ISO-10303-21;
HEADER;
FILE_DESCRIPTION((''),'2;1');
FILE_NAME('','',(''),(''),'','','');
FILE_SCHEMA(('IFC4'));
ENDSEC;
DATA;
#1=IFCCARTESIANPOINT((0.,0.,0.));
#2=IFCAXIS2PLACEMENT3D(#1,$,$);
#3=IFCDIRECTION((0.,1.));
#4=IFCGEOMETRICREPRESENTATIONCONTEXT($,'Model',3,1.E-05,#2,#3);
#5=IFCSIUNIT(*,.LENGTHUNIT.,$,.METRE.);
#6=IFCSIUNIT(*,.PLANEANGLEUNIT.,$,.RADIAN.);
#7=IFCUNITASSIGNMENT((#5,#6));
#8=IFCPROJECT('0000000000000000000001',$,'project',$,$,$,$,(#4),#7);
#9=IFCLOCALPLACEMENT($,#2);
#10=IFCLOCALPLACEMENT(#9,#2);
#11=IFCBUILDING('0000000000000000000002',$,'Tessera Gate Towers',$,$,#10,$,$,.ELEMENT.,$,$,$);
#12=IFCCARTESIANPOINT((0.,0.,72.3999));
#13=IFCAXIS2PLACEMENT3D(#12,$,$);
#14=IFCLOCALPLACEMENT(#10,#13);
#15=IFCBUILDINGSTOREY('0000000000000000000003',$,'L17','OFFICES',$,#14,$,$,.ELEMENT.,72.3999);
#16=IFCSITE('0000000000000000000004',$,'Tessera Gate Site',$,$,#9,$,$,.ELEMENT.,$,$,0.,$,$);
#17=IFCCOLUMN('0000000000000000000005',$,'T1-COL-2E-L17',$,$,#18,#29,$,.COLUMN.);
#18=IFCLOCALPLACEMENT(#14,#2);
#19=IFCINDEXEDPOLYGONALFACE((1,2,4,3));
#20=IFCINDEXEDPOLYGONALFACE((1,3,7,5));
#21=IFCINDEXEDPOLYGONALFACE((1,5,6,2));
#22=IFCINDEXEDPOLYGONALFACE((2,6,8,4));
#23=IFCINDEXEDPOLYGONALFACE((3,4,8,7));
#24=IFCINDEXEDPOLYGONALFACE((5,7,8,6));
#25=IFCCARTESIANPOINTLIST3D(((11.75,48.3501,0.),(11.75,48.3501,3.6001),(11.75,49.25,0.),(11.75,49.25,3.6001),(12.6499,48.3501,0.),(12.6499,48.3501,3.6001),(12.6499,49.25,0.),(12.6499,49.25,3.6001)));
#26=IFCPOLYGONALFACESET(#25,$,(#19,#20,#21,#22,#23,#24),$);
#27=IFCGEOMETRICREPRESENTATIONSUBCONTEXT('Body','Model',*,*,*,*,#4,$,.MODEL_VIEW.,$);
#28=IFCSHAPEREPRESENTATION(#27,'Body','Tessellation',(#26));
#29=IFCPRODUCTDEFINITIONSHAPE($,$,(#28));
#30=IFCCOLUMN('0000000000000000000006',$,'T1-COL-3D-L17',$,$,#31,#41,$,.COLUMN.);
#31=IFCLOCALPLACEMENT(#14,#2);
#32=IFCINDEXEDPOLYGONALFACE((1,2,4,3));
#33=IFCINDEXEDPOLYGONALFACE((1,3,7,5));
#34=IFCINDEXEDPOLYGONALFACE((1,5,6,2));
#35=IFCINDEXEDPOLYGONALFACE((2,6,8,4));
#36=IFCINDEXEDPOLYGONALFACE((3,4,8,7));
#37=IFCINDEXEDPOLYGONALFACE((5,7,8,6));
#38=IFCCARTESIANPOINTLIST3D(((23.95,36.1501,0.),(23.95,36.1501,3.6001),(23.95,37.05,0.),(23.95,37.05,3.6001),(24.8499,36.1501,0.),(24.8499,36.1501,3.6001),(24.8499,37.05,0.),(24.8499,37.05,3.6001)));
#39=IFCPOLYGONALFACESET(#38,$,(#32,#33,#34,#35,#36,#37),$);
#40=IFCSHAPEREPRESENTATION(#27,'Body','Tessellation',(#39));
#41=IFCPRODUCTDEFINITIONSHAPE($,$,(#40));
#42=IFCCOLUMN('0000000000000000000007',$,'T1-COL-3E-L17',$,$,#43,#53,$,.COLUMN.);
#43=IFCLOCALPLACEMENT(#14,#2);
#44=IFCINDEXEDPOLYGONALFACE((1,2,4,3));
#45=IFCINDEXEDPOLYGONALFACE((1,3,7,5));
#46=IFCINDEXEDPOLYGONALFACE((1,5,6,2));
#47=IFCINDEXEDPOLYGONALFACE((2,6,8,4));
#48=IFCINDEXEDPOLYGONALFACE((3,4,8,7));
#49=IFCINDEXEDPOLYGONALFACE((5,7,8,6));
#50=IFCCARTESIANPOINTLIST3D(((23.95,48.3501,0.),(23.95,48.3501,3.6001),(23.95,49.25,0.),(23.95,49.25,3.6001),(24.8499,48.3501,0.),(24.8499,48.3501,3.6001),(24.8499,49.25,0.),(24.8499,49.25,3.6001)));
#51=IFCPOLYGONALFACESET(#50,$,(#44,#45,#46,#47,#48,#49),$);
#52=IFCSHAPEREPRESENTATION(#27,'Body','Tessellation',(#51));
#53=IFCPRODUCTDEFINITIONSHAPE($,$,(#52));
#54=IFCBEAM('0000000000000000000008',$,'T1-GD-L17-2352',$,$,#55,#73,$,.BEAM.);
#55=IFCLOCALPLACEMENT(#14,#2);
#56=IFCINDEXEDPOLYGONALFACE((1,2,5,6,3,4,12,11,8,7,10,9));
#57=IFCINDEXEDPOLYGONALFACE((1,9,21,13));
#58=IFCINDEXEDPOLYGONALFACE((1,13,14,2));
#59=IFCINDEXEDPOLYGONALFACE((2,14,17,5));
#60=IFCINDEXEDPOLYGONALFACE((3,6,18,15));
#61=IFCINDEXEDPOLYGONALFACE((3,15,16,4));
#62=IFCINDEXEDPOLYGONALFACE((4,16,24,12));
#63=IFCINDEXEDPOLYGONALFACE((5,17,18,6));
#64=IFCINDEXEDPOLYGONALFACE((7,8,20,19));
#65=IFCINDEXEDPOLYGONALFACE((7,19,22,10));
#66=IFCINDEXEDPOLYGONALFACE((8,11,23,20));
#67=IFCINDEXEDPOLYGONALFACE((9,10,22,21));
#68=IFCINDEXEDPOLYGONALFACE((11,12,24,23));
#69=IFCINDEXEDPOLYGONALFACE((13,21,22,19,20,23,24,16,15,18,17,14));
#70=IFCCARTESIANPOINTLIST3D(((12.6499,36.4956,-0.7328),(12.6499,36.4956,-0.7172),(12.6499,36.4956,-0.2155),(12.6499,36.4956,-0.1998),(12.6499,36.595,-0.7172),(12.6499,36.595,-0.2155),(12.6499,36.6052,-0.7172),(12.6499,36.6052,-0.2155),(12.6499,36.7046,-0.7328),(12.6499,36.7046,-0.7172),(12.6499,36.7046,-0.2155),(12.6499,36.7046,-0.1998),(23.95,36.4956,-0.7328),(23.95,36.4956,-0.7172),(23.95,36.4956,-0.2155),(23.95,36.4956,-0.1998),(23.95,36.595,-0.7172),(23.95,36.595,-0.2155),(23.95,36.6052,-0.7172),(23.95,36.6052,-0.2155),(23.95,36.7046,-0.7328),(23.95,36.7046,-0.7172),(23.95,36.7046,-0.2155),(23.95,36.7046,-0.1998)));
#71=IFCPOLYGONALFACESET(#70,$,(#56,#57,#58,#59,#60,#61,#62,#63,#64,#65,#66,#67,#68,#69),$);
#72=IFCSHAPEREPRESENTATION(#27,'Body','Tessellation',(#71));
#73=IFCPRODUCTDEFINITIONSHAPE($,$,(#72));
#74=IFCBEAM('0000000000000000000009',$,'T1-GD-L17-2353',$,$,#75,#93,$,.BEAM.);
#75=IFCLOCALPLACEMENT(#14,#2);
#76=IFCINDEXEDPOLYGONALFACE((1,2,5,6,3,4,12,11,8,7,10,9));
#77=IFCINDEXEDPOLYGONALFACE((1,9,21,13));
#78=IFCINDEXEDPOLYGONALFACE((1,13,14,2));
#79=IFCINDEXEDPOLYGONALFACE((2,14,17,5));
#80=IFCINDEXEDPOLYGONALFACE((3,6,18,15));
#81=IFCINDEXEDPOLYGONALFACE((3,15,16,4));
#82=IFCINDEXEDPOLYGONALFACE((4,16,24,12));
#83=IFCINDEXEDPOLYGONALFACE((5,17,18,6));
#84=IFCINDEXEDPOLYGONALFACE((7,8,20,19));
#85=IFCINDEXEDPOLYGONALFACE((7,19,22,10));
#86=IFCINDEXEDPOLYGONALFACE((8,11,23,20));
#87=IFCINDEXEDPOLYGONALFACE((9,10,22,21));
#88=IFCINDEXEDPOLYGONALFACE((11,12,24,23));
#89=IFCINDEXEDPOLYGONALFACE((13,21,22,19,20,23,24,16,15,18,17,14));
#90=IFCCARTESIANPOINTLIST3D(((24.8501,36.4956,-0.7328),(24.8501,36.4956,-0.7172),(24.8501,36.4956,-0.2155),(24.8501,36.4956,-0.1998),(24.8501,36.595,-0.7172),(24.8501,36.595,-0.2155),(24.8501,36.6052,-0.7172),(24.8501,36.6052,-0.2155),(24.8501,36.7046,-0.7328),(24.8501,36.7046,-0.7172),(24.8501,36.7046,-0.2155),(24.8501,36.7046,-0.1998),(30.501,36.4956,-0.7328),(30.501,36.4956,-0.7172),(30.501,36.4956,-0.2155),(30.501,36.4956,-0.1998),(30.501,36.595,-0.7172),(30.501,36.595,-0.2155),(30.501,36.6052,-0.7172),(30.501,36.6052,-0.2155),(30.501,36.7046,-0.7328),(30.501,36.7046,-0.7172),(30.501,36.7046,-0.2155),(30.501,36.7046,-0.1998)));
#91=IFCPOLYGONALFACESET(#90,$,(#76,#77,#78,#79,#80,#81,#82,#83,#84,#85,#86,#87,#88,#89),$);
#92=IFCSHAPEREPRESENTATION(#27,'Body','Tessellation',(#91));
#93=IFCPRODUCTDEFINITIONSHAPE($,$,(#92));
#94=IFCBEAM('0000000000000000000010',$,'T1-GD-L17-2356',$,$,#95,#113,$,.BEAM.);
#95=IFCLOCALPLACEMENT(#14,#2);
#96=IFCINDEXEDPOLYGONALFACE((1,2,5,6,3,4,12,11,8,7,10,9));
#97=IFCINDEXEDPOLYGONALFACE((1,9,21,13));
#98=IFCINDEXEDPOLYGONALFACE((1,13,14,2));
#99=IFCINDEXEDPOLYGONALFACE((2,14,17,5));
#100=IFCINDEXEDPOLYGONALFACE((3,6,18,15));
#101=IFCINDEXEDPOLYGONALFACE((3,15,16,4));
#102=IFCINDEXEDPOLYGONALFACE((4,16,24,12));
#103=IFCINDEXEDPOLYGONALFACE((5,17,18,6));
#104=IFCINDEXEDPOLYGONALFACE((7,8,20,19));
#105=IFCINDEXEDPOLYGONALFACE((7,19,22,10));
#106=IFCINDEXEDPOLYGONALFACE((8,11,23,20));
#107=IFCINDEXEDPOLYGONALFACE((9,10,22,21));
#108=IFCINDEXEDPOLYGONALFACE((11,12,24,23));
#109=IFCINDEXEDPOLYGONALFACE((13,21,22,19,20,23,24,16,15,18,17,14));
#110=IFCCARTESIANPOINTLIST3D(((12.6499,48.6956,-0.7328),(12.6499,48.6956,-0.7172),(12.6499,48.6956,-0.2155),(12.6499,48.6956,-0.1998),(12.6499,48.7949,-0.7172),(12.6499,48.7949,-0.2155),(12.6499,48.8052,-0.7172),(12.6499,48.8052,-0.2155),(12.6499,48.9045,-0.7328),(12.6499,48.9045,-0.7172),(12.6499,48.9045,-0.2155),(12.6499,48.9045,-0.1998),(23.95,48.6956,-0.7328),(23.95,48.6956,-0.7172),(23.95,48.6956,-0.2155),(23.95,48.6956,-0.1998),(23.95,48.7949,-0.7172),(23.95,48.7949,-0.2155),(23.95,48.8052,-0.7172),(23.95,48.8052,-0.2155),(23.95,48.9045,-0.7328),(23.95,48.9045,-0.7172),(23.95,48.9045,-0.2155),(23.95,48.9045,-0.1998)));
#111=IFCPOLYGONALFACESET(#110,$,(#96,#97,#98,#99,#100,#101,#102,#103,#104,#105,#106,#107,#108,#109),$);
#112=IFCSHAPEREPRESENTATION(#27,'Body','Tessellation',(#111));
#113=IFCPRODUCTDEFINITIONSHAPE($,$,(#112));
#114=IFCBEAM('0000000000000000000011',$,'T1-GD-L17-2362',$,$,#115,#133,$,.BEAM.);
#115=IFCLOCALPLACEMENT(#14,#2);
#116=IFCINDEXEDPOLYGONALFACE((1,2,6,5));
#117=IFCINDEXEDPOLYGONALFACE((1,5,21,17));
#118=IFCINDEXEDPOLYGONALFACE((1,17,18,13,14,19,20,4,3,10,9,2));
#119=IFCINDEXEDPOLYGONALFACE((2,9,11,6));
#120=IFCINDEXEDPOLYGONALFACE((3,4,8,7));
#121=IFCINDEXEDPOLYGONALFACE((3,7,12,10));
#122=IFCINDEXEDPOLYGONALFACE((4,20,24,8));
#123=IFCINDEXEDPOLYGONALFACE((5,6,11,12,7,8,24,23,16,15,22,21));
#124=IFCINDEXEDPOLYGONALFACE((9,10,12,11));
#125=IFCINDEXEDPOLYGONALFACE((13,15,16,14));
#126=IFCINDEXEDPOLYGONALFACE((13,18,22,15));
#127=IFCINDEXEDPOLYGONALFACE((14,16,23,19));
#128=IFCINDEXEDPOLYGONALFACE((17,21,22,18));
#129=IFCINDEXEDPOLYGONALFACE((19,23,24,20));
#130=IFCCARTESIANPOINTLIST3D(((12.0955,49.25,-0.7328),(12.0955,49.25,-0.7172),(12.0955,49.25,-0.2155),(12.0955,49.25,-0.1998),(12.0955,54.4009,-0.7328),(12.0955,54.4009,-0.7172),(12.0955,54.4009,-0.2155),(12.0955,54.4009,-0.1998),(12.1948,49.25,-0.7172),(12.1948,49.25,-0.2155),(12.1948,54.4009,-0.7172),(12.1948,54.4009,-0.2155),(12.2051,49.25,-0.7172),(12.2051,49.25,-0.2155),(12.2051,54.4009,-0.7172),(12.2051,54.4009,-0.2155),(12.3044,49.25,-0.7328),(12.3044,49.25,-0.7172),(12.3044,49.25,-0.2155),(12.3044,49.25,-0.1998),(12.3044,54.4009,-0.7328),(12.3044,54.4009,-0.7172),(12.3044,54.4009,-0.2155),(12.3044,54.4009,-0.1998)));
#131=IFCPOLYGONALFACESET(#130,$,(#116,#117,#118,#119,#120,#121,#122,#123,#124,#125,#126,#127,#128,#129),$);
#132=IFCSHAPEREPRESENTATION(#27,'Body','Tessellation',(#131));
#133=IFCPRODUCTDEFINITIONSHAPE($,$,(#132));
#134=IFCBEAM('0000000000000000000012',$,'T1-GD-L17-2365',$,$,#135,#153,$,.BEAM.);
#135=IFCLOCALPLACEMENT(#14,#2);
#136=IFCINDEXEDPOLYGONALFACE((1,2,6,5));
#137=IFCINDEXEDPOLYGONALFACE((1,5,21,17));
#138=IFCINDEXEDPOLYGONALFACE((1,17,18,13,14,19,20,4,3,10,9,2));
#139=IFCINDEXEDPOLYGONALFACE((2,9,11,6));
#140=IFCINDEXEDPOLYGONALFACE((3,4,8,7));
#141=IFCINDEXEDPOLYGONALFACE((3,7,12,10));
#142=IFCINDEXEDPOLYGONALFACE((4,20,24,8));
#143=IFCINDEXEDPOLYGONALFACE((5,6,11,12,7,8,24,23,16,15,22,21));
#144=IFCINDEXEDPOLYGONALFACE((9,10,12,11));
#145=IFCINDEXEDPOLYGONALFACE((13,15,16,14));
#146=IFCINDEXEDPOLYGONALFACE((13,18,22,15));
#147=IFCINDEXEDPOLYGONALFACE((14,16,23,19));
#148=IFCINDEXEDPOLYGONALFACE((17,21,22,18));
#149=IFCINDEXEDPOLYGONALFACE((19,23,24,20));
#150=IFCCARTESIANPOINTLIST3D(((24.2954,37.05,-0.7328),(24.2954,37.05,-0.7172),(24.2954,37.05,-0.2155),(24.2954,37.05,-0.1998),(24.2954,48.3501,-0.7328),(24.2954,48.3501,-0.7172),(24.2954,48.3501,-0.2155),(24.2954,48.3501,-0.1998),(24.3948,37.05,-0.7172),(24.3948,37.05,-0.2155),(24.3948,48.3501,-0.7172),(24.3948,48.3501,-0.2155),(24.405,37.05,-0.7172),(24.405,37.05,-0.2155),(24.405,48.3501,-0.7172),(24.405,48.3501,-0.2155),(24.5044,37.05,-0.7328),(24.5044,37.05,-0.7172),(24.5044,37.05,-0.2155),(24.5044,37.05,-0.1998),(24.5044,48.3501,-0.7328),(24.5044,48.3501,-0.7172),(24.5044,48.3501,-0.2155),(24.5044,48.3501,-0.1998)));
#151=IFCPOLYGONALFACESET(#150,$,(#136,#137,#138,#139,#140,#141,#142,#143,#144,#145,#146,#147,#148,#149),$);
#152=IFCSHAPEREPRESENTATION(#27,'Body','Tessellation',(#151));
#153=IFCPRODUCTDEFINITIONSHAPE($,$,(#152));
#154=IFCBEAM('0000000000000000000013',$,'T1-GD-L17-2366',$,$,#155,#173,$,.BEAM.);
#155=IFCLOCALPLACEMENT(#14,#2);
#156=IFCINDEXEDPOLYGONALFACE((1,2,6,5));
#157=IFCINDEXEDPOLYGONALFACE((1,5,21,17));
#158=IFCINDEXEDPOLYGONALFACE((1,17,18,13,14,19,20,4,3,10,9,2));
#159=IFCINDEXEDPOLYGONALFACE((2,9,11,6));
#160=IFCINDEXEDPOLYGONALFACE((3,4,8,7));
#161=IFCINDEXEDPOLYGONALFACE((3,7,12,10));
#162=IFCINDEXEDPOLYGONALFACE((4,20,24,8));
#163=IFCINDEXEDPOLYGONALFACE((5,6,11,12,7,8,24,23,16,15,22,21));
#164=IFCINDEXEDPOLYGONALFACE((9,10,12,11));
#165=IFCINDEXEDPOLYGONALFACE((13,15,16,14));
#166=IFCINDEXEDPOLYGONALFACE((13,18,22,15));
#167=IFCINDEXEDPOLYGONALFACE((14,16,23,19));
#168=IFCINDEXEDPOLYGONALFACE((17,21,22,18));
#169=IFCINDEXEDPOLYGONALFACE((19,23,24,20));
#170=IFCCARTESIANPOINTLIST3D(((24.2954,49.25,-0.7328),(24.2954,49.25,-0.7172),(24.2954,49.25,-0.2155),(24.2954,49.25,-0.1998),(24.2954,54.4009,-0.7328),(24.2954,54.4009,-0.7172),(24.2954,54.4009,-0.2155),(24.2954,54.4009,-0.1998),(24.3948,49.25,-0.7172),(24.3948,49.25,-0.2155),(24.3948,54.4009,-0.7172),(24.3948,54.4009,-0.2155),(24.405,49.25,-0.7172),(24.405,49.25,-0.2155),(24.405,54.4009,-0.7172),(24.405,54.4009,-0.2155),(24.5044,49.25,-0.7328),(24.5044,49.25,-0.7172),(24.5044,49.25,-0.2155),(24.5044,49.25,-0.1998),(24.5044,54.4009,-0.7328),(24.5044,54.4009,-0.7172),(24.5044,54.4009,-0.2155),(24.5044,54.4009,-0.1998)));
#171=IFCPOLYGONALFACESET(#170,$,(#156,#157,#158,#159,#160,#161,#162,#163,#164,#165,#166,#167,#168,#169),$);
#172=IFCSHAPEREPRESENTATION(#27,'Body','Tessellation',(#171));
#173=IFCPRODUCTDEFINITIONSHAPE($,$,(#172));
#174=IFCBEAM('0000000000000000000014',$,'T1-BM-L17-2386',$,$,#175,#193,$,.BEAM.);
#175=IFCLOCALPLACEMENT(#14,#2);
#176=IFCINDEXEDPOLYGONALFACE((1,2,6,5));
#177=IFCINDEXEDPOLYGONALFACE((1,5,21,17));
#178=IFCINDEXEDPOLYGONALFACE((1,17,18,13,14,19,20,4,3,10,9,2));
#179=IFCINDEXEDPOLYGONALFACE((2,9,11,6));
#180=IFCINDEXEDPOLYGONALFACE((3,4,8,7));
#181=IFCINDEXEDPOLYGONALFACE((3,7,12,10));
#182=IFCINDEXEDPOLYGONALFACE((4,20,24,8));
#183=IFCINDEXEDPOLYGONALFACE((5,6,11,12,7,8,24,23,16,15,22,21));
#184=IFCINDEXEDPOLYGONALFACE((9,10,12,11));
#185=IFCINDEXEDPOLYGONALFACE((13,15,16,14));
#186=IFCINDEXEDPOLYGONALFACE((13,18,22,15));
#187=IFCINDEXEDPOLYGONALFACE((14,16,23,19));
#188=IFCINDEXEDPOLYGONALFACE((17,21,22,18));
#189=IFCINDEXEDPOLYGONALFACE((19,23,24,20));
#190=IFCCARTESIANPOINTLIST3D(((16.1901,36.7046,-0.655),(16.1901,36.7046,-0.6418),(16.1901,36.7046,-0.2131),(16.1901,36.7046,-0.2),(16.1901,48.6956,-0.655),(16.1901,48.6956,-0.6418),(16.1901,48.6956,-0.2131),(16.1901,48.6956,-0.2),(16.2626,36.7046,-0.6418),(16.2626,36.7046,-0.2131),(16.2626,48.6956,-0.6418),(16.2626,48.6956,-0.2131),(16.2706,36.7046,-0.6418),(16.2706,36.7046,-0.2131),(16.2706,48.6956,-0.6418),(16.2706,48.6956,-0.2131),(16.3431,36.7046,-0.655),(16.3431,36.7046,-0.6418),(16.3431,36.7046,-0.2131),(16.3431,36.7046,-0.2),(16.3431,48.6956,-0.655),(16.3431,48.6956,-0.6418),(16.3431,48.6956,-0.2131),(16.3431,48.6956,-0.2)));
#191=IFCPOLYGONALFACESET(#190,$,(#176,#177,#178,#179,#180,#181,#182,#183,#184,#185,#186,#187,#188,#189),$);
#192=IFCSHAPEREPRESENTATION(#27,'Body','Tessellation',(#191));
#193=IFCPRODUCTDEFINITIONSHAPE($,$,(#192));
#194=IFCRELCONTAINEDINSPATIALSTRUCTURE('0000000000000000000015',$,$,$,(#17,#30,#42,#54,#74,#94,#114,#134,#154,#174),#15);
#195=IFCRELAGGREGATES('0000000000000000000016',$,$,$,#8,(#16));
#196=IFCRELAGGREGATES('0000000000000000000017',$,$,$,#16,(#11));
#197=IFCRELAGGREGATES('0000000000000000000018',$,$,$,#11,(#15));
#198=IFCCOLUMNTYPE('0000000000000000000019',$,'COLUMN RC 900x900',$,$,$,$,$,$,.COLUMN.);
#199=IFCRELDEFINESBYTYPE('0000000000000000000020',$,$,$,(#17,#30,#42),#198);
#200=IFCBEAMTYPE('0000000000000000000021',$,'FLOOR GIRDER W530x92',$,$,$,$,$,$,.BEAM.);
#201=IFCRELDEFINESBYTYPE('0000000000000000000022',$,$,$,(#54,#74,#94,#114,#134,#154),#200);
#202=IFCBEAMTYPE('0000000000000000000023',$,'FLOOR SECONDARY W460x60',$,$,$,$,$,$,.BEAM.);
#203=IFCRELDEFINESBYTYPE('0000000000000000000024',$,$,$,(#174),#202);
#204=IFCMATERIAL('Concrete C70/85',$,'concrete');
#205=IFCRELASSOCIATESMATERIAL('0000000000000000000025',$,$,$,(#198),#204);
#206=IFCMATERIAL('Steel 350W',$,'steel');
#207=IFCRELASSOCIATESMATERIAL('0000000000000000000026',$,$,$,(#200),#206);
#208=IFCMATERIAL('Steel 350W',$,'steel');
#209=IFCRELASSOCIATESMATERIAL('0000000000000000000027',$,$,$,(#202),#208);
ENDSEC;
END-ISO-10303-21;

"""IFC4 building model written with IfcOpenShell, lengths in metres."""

from ifc_helpers import new_model, si_unit, direction, frame, origin, origin_2d, place, context, subcontext, project, spatial, rectangle, i_section, extrude, material, material_profile, profile_set, type_object, element, save


model = new_model("IFC4")

# Units and contexts
model_context = context("Model", 3, precision=1e-05, world=origin(), true_north=direction((0.0, 1.0)))
body_context = subcontext(model_context, "Body", "Model", "MODEL_VIEW")
ifc_project = project(units=[si_unit("LENGTHUNIT", "METRE"), si_unit("PLANEANGLEUNIT", "RADIAN")], contexts=[model_context])

# Site, building, storey
site_placement = place(None, origin())
site = spatial("IfcSite", under=ifc_project, at=site_placement, Name="Tessera Gate Site", CompositionType="ELEMENT", RefElevation=0.0)
building_placement = place(site_placement, origin())
building = spatial("IfcBuilding", under=site, at=building_placement, Name="Tessera Gate Towers", CompositionType="ELEMENT")
storey_placement = place(building_placement, frame((0.0, 0.0, 72.3999)))
storey = spatial("IfcBuildingStorey", under=building, at=storey_placement, Name="L17", Description="OFFICES", CompositionType="ELEMENT", Elevation=72.3999)

# Columns
ifc_material_1 = material(Name="Concrete C70/85", Category="concrete")
ifc_material_profile_1 = material_profile(ifc_material_1, rectangle(XDim=0.8999, YDim=0.8999, at=origin_2d()), Name="RC 900x900")
ifc_profile_set_1 = profile_set([ifc_material_profile_1], Name="Concrete C70/85")
column_type = type_object("IfcColumnType", Name="COLUMN RC 900x900", PredefinedType="COLUMN", material=ifc_profile_set_1)
for number, where, z_axis, x_axis, name in (
    (1, (12.2, 48.8, 0.0), (0.0, 0.0, 1.0), (1.0, 0.0, 0.0), "T1-COL-2E-L17"),
    (2, (24.3999, 36.6001, 0.0), (0.0, 0.0, 1.0), (1.0, 0.0, 0.0), "T1-COL-3D-L17"),
    (3, (24.3999, 48.8, 0.0), (0.0, 0.0, 1.0), (1.0, 0.0, 0.0), "T1-COL-3E-L17"),
):
    element("IfcColumn", number, at=place(storey_placement, frame(where, z_axis=z_axis, x_axis=x_axis)), inside=storey, type_object=column_type, Name=name, PredefinedType="COLUMN", context=body_context, shape_type="SweptSolid", body=[
        extrude(rectangle(XDim=0.8999, YDim=0.8999, at=origin_2d()), origin(), (0.0, 0.0, 1.0), 3.6001),
    ])

# Beams
ifc_material_2 = material(Name="Steel 350W", Category="steel")
ifc_material_profile_2 = material_profile(ifc_material_2, i_section(OverallWidth=0.209, OverallDepth=0.533, WebThickness=0.0103, FlangeThickness=0.0156, at=origin_2d()), Name="W530x92")
ifc_profile_set_2 = profile_set([ifc_material_profile_2], Name="Steel 350W")
beam_type_1 = type_object("IfcBeamType", Name="FLOOR GIRDER W530x92", PredefinedType="BEAM", material=ifc_profile_set_2)
beam_1_placement = place(storey_placement, frame((12.6499, 36.6001, -0.4663), z_axis=(1.0, 0.0, 0.0), x_axis=(0.0, 1.0, 0.0)))
element("IfcBeam", 4, at=beam_1_placement, inside=storey, type_object=beam_type_1, Name="T1-GD-L17-2352", PredefinedType="BEAM", context=body_context, shape_type="SweptSolid", body=[
    extrude(i_section(OverallWidth=0.209, OverallDepth=0.533, WebThickness=0.0103, FlangeThickness=0.0156, at=origin_2d()), origin(), (0.0, 0.0, 1.0), 11.3),
])
beam_2_placement = place(storey_placement, frame((24.8501, 36.6001, -0.4663), z_axis=(1.0, 0.0, 0.0), x_axis=(0.0, 1.0, 0.0)))
element("IfcBeam", 5, at=beam_2_placement, inside=storey, type_object=beam_type_1, Name="T1-GD-L17-2353", PredefinedType="BEAM", context=body_context, shape_type="SweptSolid", body=[
    extrude(i_section(OverallWidth=0.209, OverallDepth=0.533, WebThickness=0.0103, FlangeThickness=0.0156, at=origin_2d()), origin(), (0.0, 0.0, 1.0), 5.6509),
])
beam_3_placement = place(storey_placement, frame((12.6499, 48.8, -0.4663), z_axis=(1.0, 0.0, 0.0), x_axis=(0.0, 1.0, 0.0)))
element("IfcBeam", 6, at=beam_3_placement, inside=storey, type_object=beam_type_1, Name="T1-GD-L17-2356", PredefinedType="BEAM", context=body_context, shape_type="SweptSolid", body=[
    extrude(i_section(OverallWidth=0.209, OverallDepth=0.533, WebThickness=0.0103, FlangeThickness=0.0156, at=origin_2d()), origin(), (0.0, 0.0, 1.0), 11.3),
])
beam_4_placement = place(storey_placement, frame((12.2, 49.25, -0.4663), z_axis=(0.0, 1.0, 0.0), x_axis=(-1.0, 0.0, 0.0)))
element("IfcBeam", 7, at=beam_4_placement, inside=storey, type_object=beam_type_1, Name="T1-GD-L17-2362", PredefinedType="BEAM", context=body_context, shape_type="SweptSolid", body=[
    extrude(i_section(OverallWidth=0.209, OverallDepth=0.533, WebThickness=0.0103, FlangeThickness=0.0156, at=origin_2d()), origin(), (0.0, 0.0, 1.0), 5.1509),
])
beam_5_placement = place(storey_placement, frame((24.3999, 37.05, -0.4663), z_axis=(0.0, 1.0, 0.0), x_axis=(-1.0, 0.0, 0.0)))
element("IfcBeam", 8, at=beam_5_placement, inside=storey, type_object=beam_type_1, Name="T1-GD-L17-2365", PredefinedType="BEAM", context=body_context, shape_type="SweptSolid", body=[
    extrude(i_section(OverallWidth=0.209, OverallDepth=0.533, WebThickness=0.0103, FlangeThickness=0.0156, at=origin_2d()), origin(), (0.0, 0.0, 1.0), 11.3),
])
beam_6_placement = place(storey_placement, frame((24.3999, 49.25, -0.4663), z_axis=(0.0, 1.0, 0.0), x_axis=(-1.0, 0.0, 0.0)))
element("IfcBeam", 9, at=beam_6_placement, inside=storey, type_object=beam_type_1, Name="T1-GD-L17-2366", PredefinedType="BEAM", context=body_context, shape_type="SweptSolid", body=[
    extrude(i_section(OverallWidth=0.209, OverallDepth=0.533, WebThickness=0.0103, FlangeThickness=0.0156, at=origin_2d()), origin(), (0.0, 0.0, 1.0), 5.1509),
])
ifc_material_3 = material(Name="Steel 350W", Category="steel")
ifc_material_profile_3 = material_profile(ifc_material_3, i_section(OverallWidth=0.1531, OverallDepth=0.4551, WebThickness=0.0081, FlangeThickness=0.0132, at=origin_2d()), Name="W460x60")
ifc_profile_set_3 = profile_set([ifc_material_profile_3], Name="Steel 350W")
beam_type_2 = type_object("IfcBeamType", Name="FLOOR SECONDARY W460x60", PredefinedType="BEAM", material=ifc_profile_set_3)
beam_7_placement = place(storey_placement, frame((16.2666, 36.7046, -0.4275), z_axis=(0.0, 1.0, 0.0), x_axis=(-1.0, 0.0, 0.0)))
element("IfcBeam", 10, at=beam_7_placement, inside=storey, type_object=beam_type_2, Name="T1-BM-L17-2386", PredefinedType="BEAM", context=body_context, shape_type="SweptSolid", body=[
    extrude(i_section(OverallWidth=0.1531, OverallDepth=0.4551, WebThickness=0.0081, FlangeThickness=0.0132, at=origin_2d()), origin(), (0.0, 0.0, 1.0), 11.991),
])

save(model, "model.ifc")
